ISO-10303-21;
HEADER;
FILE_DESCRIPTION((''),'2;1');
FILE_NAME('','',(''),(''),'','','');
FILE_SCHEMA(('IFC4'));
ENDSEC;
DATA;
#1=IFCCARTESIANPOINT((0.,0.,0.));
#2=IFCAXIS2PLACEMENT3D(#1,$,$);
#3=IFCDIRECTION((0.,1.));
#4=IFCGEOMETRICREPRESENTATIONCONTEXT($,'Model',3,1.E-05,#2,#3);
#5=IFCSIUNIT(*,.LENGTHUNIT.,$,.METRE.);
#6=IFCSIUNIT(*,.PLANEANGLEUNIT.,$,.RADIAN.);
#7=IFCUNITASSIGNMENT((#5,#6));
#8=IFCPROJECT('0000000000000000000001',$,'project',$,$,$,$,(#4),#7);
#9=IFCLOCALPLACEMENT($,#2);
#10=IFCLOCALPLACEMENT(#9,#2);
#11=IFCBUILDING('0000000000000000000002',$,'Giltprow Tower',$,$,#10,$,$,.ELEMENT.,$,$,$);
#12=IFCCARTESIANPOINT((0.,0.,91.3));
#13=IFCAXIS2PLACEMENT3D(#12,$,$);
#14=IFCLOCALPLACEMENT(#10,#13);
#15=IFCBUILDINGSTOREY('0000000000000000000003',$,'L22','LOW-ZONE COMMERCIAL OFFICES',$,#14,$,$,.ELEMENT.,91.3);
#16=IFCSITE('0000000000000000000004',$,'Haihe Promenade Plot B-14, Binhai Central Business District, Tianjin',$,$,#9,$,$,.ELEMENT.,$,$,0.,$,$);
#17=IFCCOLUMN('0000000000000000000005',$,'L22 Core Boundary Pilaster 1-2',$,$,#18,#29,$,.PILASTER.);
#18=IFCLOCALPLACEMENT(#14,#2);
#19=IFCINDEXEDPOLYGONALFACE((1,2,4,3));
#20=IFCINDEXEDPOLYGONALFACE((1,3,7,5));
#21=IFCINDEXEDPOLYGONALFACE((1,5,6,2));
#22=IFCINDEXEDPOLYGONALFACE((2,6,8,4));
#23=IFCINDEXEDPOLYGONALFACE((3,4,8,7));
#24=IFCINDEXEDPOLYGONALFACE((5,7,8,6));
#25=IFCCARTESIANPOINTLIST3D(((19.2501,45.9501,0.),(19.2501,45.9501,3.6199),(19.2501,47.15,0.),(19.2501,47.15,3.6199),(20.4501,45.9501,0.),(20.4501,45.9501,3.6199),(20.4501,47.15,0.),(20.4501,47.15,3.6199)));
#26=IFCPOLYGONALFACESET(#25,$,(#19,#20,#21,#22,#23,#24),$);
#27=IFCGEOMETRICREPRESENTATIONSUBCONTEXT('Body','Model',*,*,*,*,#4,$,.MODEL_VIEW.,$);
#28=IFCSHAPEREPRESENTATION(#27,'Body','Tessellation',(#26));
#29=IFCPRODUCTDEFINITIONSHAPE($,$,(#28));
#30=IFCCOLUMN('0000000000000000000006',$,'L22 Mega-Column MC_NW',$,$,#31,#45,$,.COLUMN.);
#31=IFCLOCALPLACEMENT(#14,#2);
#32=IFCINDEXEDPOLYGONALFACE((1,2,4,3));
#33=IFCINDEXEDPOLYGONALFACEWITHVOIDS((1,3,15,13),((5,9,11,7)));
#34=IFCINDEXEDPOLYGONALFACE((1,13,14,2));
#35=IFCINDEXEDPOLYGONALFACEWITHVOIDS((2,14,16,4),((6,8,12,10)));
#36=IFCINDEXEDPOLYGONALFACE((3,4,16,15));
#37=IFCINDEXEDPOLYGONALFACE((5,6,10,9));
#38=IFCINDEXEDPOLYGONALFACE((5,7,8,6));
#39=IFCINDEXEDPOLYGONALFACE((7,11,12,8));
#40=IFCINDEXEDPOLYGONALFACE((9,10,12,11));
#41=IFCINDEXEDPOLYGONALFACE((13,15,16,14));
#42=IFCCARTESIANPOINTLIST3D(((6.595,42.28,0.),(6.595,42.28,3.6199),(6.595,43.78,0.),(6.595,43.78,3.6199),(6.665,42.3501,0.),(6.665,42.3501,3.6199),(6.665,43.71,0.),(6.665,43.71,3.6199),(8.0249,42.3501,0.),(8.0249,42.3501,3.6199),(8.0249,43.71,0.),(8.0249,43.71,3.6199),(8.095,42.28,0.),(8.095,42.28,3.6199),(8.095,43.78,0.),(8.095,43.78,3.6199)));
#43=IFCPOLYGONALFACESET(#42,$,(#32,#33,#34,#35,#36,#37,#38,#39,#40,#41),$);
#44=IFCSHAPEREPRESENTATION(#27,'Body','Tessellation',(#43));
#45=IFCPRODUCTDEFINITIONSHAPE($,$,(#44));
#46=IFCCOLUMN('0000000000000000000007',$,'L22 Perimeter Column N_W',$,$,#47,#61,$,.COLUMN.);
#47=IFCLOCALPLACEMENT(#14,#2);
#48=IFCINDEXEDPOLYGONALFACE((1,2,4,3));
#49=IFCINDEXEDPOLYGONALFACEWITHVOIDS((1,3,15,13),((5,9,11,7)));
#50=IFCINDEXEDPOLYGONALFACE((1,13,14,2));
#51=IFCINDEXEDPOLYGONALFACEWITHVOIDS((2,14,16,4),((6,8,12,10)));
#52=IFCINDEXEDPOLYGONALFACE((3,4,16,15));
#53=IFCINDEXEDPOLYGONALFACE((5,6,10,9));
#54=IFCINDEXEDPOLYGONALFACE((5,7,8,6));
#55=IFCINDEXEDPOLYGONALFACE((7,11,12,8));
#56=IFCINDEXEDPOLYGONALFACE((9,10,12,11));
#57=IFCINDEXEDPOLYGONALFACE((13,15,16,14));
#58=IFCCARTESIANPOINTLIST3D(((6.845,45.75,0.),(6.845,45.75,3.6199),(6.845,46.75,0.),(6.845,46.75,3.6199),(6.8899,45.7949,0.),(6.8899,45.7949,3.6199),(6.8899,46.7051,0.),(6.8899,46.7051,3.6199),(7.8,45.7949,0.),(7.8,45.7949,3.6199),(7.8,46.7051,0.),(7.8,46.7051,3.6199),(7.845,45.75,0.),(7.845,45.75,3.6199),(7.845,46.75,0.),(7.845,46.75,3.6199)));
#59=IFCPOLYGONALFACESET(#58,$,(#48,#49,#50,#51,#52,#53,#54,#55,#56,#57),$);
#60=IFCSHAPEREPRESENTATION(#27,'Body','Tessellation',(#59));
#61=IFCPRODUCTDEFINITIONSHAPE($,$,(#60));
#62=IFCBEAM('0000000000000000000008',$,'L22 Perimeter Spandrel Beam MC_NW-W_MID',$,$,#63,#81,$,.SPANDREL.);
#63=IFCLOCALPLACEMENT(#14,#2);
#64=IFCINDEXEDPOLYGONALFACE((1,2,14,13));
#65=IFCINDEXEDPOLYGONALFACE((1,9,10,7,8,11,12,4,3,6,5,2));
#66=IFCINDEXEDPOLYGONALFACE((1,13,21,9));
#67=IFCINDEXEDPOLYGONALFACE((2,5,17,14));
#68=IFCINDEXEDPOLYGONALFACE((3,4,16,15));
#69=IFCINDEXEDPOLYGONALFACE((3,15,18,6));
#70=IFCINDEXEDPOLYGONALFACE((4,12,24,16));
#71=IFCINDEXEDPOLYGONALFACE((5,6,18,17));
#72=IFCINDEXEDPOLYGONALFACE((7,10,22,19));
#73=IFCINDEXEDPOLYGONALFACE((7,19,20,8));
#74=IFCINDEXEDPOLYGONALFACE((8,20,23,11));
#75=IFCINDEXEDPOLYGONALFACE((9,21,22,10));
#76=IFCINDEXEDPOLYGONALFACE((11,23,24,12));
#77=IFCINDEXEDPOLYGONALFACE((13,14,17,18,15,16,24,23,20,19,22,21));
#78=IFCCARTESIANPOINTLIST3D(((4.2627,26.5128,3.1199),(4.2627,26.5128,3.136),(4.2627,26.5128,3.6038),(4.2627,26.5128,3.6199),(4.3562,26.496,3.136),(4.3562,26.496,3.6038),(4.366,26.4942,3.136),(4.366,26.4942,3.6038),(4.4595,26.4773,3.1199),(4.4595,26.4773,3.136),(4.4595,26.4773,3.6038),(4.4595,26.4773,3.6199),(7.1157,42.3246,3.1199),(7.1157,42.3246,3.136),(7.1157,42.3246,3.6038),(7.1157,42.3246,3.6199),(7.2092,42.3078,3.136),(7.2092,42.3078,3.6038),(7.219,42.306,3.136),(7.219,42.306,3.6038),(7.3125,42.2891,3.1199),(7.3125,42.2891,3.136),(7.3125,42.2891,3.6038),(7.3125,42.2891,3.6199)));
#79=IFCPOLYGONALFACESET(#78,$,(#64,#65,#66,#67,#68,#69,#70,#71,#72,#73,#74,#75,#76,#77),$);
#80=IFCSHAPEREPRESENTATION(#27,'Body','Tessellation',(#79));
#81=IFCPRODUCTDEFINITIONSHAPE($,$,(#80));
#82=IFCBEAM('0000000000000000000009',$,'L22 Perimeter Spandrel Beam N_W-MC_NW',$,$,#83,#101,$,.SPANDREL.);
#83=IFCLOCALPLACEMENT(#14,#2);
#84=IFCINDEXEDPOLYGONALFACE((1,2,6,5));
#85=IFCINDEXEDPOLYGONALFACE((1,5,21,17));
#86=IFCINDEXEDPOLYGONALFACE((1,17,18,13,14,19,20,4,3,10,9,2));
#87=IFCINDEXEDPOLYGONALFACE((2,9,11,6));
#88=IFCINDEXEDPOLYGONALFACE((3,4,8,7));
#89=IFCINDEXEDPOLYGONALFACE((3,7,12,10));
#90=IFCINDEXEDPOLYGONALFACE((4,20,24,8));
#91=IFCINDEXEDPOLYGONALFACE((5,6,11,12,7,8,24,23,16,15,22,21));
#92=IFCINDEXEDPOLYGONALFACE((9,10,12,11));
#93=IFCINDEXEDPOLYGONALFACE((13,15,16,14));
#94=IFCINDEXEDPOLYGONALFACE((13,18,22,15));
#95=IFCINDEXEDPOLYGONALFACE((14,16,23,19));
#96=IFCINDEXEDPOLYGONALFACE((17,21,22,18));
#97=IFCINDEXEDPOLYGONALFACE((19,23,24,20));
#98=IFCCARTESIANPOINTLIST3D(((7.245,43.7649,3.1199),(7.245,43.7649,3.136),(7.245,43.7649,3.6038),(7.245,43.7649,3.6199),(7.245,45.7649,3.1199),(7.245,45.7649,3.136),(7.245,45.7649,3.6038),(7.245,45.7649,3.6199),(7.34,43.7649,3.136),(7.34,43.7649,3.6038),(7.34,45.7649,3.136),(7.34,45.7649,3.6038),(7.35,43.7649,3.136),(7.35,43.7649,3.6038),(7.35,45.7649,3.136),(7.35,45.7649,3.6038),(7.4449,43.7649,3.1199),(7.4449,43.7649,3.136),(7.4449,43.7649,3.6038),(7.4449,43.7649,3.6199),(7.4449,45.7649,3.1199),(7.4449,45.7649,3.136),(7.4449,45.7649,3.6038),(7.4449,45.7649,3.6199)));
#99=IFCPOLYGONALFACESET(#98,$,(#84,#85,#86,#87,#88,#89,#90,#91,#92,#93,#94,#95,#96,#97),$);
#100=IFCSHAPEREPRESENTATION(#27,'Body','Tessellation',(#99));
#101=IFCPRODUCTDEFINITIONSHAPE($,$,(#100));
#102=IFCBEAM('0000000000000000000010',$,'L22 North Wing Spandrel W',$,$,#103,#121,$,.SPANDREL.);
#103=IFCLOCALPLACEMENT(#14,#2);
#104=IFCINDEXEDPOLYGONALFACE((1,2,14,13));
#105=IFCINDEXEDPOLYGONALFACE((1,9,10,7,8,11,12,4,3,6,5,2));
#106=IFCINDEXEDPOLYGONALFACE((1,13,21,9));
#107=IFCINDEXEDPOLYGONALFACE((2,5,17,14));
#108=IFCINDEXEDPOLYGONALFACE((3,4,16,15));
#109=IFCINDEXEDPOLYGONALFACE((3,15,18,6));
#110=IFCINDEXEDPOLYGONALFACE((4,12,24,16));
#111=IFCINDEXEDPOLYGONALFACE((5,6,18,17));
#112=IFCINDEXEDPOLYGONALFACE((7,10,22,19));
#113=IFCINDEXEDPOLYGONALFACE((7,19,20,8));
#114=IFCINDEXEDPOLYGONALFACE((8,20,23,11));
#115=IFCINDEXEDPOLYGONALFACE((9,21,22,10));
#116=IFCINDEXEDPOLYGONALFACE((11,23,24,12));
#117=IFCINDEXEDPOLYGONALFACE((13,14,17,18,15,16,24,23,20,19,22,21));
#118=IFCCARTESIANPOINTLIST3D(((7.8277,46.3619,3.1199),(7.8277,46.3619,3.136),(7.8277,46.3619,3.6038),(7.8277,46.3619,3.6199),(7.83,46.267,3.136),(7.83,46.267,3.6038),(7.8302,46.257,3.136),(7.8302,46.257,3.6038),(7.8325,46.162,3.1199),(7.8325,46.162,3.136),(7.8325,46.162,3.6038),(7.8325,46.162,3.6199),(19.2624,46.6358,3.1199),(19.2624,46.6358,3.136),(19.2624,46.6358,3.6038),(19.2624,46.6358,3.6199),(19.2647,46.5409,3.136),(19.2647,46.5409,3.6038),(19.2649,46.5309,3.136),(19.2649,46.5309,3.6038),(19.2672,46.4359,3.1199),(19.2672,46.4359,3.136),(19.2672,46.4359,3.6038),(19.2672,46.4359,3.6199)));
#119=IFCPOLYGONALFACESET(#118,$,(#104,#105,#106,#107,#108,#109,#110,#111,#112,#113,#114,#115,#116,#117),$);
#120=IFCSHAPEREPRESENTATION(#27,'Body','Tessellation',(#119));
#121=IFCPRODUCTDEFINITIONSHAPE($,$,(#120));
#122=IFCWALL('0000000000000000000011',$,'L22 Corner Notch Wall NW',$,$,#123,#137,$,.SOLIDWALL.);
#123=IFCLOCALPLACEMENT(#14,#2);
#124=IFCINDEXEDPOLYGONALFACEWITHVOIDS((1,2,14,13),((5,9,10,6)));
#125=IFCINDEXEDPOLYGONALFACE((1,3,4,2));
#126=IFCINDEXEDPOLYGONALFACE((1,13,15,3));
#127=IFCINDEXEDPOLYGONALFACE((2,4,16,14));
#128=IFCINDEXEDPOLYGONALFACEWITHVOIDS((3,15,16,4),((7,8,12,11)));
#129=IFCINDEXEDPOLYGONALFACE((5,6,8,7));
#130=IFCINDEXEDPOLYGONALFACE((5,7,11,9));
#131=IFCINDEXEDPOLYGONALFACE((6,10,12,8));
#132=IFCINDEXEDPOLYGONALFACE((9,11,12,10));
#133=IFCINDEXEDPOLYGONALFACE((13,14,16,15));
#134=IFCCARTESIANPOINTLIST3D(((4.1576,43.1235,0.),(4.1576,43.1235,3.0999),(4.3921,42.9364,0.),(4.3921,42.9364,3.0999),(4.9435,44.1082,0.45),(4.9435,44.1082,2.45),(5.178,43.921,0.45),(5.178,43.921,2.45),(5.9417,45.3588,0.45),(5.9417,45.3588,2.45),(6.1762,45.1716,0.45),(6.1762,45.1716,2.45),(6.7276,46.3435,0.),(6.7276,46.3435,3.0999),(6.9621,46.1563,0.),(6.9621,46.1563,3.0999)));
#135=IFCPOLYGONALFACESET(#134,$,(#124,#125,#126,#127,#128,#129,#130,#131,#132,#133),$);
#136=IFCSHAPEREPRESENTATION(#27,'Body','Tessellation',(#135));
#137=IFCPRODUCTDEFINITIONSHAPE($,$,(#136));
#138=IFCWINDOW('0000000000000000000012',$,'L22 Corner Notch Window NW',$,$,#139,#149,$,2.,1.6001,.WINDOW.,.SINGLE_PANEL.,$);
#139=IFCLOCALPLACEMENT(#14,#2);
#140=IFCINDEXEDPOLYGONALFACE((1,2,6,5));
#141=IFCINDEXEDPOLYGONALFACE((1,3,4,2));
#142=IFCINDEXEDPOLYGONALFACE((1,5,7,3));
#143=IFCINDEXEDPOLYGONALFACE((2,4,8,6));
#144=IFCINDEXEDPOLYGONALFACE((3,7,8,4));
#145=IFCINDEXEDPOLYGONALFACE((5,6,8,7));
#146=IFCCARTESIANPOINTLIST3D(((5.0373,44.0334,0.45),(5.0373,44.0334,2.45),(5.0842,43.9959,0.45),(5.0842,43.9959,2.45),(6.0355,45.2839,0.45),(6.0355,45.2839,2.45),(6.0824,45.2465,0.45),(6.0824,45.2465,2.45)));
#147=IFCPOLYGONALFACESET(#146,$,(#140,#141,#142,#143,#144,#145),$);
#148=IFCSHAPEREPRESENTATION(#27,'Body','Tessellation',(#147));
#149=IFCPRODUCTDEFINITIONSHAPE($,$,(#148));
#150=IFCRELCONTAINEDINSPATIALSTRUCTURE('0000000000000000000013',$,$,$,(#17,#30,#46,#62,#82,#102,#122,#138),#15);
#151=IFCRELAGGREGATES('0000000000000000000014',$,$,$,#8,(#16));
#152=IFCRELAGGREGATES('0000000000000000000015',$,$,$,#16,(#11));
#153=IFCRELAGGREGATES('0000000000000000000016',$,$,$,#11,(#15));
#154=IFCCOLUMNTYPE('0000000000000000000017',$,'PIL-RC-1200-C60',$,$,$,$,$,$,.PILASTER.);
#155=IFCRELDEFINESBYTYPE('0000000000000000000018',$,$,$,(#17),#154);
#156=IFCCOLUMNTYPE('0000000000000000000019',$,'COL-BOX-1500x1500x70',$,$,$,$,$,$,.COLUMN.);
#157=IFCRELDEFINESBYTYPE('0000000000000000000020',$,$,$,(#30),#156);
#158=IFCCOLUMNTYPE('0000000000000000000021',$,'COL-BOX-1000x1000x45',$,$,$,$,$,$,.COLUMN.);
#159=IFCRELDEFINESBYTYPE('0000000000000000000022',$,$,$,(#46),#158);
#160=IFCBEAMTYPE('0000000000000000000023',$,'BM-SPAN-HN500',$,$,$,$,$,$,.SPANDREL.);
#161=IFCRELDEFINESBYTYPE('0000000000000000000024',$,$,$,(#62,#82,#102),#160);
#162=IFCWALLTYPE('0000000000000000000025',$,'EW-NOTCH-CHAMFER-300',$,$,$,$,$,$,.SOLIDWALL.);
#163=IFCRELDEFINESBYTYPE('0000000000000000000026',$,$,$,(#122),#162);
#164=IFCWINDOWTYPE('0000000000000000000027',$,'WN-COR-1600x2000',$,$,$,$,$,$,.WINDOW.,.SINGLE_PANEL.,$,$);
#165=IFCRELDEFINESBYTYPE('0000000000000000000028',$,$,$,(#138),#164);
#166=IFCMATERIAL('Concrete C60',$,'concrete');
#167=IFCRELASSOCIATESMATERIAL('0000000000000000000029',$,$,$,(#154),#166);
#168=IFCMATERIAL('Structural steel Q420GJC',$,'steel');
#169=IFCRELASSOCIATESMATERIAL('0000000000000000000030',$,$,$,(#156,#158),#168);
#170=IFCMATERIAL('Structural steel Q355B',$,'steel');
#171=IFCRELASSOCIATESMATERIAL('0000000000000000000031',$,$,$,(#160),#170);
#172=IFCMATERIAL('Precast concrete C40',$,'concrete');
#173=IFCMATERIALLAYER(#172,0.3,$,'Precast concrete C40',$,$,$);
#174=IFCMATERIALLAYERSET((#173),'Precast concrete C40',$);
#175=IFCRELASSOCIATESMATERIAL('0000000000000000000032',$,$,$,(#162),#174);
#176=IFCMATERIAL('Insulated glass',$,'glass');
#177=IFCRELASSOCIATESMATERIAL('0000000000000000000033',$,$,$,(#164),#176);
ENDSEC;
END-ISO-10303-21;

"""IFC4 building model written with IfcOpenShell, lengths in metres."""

from ifc_helpers import new_model, si_unit, direction, frame, frame_2d, origin, origin_2d, place, context, subcontext, project, spatial, rectangle, hollow_rectangle, i_section, extrude, source, transform, mapped, material, layer, layer_set, material_profile, profile_set, type_object, element, fill, save


model = new_model("IFC4")

# Units and contexts
model_context = context("Model", 3, precision=1e-05, world=origin(), true_north=direction((0.0, 1.0)))
body_context = subcontext(model_context, "Body", "Model", "MODEL_VIEW")
ifc_project = project(units=[si_unit("LENGTHUNIT", "METRE"), si_unit("PLANEANGLEUNIT", "RADIAN")], contexts=[model_context])

# Site, building, storey
site_placement = place(None, origin())
site = spatial("IfcSite", under=ifc_project, at=site_placement, Name="Haihe Promenade Plot B-14, Binhai Central Business District, Tianjin", CompositionType="ELEMENT", RefElevation=0.0)
building_placement = place(site_placement, origin())
building = spatial("IfcBuilding", under=site, at=building_placement, Name="Giltprow Tower", CompositionType="ELEMENT")
storey_placement = place(building_placement, frame((0.0, 0.0, 91.3)))
storey = spatial("IfcBuildingStorey", under=building, at=storey_placement, Name="L22", Description="LOW-ZONE COMMERCIAL OFFICES", CompositionType="ELEMENT", Elevation=91.3)

# Columns
ifc_material_1 = material(Name="Concrete C60", Category="concrete")
ifc_material_profile_1 = material_profile(ifc_material_1, rectangle(XDim=1.2, YDim=1.2, at=origin_2d()), Name="RC 1200x1200")
ifc_profile_set_1 = profile_set([ifc_material_profile_1], Name="Concrete C60")
column_type_1 = type_object("IfcColumnType", Name="PIL-RC-1200-C60", PredefinedType="PILASTER", material=ifc_profile_set_1)
shared_shape_1 = source(origin(), body_context, "Body", "SweptSolid", [
    extrude(rectangle(XDim=1.2, YDim=1.2, at=origin_2d()), origin(), (0.0, 0.0, 1.0), 3.6199),
])
column_1_placement = place(storey_placement, frame((19.8501, 46.55, 0.0), z_axis=(0.0, 0.0, 1.0), x_axis=(1.0, 0.0, 0.0)))
element("IfcColumn", 1, at=column_1_placement, inside=storey, type_object=column_type_1, Name="L22 Core Boundary Pilaster 1-2", PredefinedType="PILASTER", context=body_context, shape_type="MappedRepresentation", body=[
    mapped(shared_shape_1, transform((0.0, 0.0, 0.0), x_axis=(1.0, 0.0, 0.0), y_axis=(0.0, 1.0, 0.0), z_axis=(0.0, 0.0, 1.0), scale=1.0)),
])
ifc_material_2 = material(Name="Structural steel Q420GJC", Category="steel")
ifc_material_profile_2 = material_profile(ifc_material_2, hollow_rectangle(XDim=1.5, YDim=1.5, WallThickness=0.0701, at=origin_2d()), Name="BOX 1500x1500x70")
ifc_profile_set_2 = profile_set([ifc_material_profile_2], Name="Structural steel Q420GJC")
column_type_2 = type_object("IfcColumnType", Name="COL-BOX-1500x1500x70", PredefinedType="COLUMN", material=ifc_profile_set_2)
shared_shape_2 = source(origin(), body_context, "Body", "SweptSolid", [
    extrude(hollow_rectangle(XDim=1.5, YDim=1.5, WallThickness=0.0701, at=origin_2d()), origin(), (0.0, 0.0, 1.0), 3.6199),
])
column_2_placement = place(storey_placement, frame((7.345, 43.03, 0.0), z_axis=(0.0, 0.0, 1.0), x_axis=(1.0, 0.0, 0.0)))
element("IfcColumn", 2, at=column_2_placement, inside=storey, type_object=column_type_2, Name="L22 Mega-Column MC_NW", PredefinedType="COLUMN", context=body_context, shape_type="MappedRepresentation", body=[
    mapped(shared_shape_2, transform((0.0, 0.0, 0.0), x_axis=(1.0, 0.0, 0.0), y_axis=(0.0, 1.0, 0.0), z_axis=(0.0, 0.0, 1.0), scale=1.0)),
])
ifc_material_profile_3 = material_profile(ifc_material_2, hollow_rectangle(XDim=1.0, YDim=1.0, WallThickness=0.0449, at=origin_2d()), Name="BOX 1000x1000x45")
ifc_profile_set_3 = profile_set([ifc_material_profile_3], Name="Structural steel Q420GJC")
column_type_3 = type_object("IfcColumnType", Name="COL-BOX-1000x1000x45", PredefinedType="COLUMN", material=ifc_profile_set_3)
shared_shape_3 = source(origin(), body_context, "Body", "SweptSolid", [
    extrude(hollow_rectangle(XDim=1.0, YDim=1.0, WallThickness=0.0449, at=origin_2d()), origin(), (0.0, 0.0, 1.0), 3.6199),
])
column_3_placement = place(storey_placement, frame((7.345, 46.25, 0.0), z_axis=(0.0, 0.0, 1.0), x_axis=(1.0, 0.0, 0.0)))
element("IfcColumn", 3, at=column_3_placement, inside=storey, type_object=column_type_3, Name="L22 Perimeter Column N_W", PredefinedType="COLUMN", context=body_context, shape_type="MappedRepresentation", body=[
    mapped(shared_shape_3, transform((0.0, 0.0, 0.0), x_axis=(1.0, 0.0, 0.0), y_axis=(0.0, 1.0, 0.0), z_axis=(0.0, 0.0, 1.0), scale=1.0)),
])

# Beams
ifc_material_3 = material(Name="Structural steel Q355B", Category="steel")
ifc_material_profile_4 = material_profile(ifc_material_3, i_section(OverallWidth=0.2, OverallDepth=0.5, WebThickness=0.01, FlangeThickness=0.0161, at=origin_2d()), Name="HN 500x200x10x16")
ifc_profile_set_4 = profile_set([ifc_material_profile_4], Name="Structural steel Q355B")
beam_type = type_object("IfcBeamType", Name="BM-SPAN-HN500", PredefinedType="SPANDREL", material=ifc_profile_set_4)
shared_shape_4 = source(origin(), body_context, "Body", "SweptSolid", [
    extrude(i_section(OverallWidth=0.2, OverallDepth=0.5, WebThickness=0.01, FlangeThickness=0.0161, at=origin_2d()), origin(), (0.0, 0.0, 1.0), 16.0671),
])
beam_1_placement = place(storey_placement, frame((7.2141, 42.3069, 3.3699), z_axis=(-0.17757, -0.984108, 0.0), x_axis=(0.984108, -0.17757, 0.0)))
element("IfcBeam", 4, at=beam_1_placement, inside=storey, type_object=beam_type, Name="L22 Perimeter Spandrel Beam MC_NW-W_MID", PredefinedType="SPANDREL", context=body_context, shape_type="MappedRepresentation", body=[
    mapped(shared_shape_4, transform((0.0, 0.0, 0.0), x_axis=(1.0, 0.0, 0.0), y_axis=(0.0, 1.0, 0.0), z_axis=(0.0, 0.0, 1.0), scale=1.0)),
])
shared_shape_5 = source(origin(), body_context, "Body", "SweptSolid", [
    extrude(i_section(OverallWidth=0.2, OverallDepth=0.5, WebThickness=0.01, FlangeThickness=0.0161, at=origin_2d()), origin(), (0.0, 0.0, 1.0), 2.0),
])
beam_2_placement = place(storey_placement, frame((7.345, 45.7649, 3.3699), z_axis=(0.0, -1.0, 0.0), x_axis=(1.0, 0.0, 0.0)))
element("IfcBeam", 5, at=beam_2_placement, inside=storey, type_object=beam_type, Name="L22 Perimeter Spandrel Beam N_W-MC_NW", PredefinedType="SPANDREL", context=body_context, shape_type="MappedRepresentation", body=[
    mapped(shared_shape_5, transform((0.0, 0.0, 0.0), x_axis=(1.0, 0.0, 0.0), y_axis=(0.0, 1.0, 0.0), z_axis=(0.0, 0.0, 1.0), scale=1.0)),
])
shared_shape_6 = source(origin(), body_context, "Body", "SweptSolid", [
    extrude(i_section(OverallWidth=0.2, OverallDepth=0.5, WebThickness=0.01, FlangeThickness=0.0161, at=origin_2d()), origin(), (0.0, 0.0, 1.0), 11.438),
])
beam_3_placement = place(storey_placement, frame((7.8301, 46.262, 3.3699), z_axis=(0.999713, 0.023949, 0.0), x_axis=(-0.023949, 0.999713, 0.0)))
element("IfcBeam", 6, at=beam_3_placement, inside=storey, type_object=beam_type, Name="L22 North Wing Spandrel W", PredefinedType="SPANDREL", context=body_context, shape_type="MappedRepresentation", body=[
    mapped(shared_shape_6, transform((0.0, 0.0, 0.0), x_axis=(1.0, 0.0, 0.0), y_axis=(0.0, 1.0, 0.0), z_axis=(0.0, 0.0, 1.0), scale=1.0)),
])

# Wall, opening, window
ifc_material_4 = material(Name="Precast concrete C40", Category="concrete")
ifc_layer_1 = layer(ifc_material_4, 0.3, Name="Precast concrete C40")
ifc_layer_set_1 = layer_set([ifc_layer_1], Name="Precast concrete C40")
wall_type_1 = type_object("IfcWallType", Name="EW-NOTCH-CHAMFER-300", PredefinedType="SOLIDWALL", material=ifc_layer_set_1)
wall_1_placement = place(storey_placement, frame((6.845, 46.25, 0.0), z_axis=(0.0, 0.0, 1.0), x_axis=(-0.62382, -0.781568, 0.0)))
wall_1 = element("IfcWall", 7, at=wall_1_placement, inside=storey, type_object=wall_type_1, Name="L22 Corner Notch Wall NW", PredefinedType="SOLIDWALL", context=body_context, shape_type="SweptSolid", body=[
    extrude(rectangle(XDim=4.1199, YDim=0.3, at=frame_2d((2.0601, 0.0))), origin(), (0.0, 0.0, 1.0), 3.0999),
])
opening_1_placement = place(wall_1_placement, frame((1.26, 0.0, 0.45)))
opening_1 = element("IfcOpeningElement", 8, at=opening_1_placement, cuts=wall_1, PredefinedType="OPENING", context=body_context, shape_type="SweptSolid", body=[
    extrude(rectangle(XDim=1.6001, YDim=2.0, at=frame_2d((0.8, 1.0))), frame((0.0, 0.1599, 0.0), z_axis=(0.0, -1.0, 0.0), x_axis=(1.0, 0.0, 0.0)), (0.0, 0.0, 1.0), 0.3201),
])
ifc_material_5 = material(Name="Insulated glass", Category="glass")
window_type = type_object("IfcWindowType", Name="WN-COR-1600x2000", PartitioningType="SINGLE_PANEL", PredefinedType="WINDOW", material=ifc_material_5)
shared_shape_7 = source(origin(), body_context, "Body", "SweptSolid", [
    extrude(rectangle(XDim=1.6001, YDim=2.0, at=frame_2d((0.8, 1.0))), frame((0.0, 0.03, 0.0), z_axis=(0.0, -1.0, 0.0), x_axis=(1.0, 0.0, 0.0)), (0.0, 0.0, 1.0), 0.0601),
])
window_1_placement = place(opening_1_placement, origin())
window_1 = element("IfcWindow", 9, at=window_1_placement, inside=storey, type_object=window_type, Name="L22 Corner Notch Window NW", OverallHeight=2.0, OverallWidth=1.6001, PartitioningType="SINGLE_PANEL", PredefinedType="WINDOW", context=body_context, shape_type="MappedRepresentation", body=[
    mapped(shared_shape_7, transform((0.0, 0.0, 0.0), x_axis=(1.0, 0.0, 0.0), y_axis=(0.0, 1.0, 0.0), z_axis=(0.0, 0.0, 1.0), scale=1.0)),
])
fill(opening_1, window_1)

save(model, "model.ifc")
